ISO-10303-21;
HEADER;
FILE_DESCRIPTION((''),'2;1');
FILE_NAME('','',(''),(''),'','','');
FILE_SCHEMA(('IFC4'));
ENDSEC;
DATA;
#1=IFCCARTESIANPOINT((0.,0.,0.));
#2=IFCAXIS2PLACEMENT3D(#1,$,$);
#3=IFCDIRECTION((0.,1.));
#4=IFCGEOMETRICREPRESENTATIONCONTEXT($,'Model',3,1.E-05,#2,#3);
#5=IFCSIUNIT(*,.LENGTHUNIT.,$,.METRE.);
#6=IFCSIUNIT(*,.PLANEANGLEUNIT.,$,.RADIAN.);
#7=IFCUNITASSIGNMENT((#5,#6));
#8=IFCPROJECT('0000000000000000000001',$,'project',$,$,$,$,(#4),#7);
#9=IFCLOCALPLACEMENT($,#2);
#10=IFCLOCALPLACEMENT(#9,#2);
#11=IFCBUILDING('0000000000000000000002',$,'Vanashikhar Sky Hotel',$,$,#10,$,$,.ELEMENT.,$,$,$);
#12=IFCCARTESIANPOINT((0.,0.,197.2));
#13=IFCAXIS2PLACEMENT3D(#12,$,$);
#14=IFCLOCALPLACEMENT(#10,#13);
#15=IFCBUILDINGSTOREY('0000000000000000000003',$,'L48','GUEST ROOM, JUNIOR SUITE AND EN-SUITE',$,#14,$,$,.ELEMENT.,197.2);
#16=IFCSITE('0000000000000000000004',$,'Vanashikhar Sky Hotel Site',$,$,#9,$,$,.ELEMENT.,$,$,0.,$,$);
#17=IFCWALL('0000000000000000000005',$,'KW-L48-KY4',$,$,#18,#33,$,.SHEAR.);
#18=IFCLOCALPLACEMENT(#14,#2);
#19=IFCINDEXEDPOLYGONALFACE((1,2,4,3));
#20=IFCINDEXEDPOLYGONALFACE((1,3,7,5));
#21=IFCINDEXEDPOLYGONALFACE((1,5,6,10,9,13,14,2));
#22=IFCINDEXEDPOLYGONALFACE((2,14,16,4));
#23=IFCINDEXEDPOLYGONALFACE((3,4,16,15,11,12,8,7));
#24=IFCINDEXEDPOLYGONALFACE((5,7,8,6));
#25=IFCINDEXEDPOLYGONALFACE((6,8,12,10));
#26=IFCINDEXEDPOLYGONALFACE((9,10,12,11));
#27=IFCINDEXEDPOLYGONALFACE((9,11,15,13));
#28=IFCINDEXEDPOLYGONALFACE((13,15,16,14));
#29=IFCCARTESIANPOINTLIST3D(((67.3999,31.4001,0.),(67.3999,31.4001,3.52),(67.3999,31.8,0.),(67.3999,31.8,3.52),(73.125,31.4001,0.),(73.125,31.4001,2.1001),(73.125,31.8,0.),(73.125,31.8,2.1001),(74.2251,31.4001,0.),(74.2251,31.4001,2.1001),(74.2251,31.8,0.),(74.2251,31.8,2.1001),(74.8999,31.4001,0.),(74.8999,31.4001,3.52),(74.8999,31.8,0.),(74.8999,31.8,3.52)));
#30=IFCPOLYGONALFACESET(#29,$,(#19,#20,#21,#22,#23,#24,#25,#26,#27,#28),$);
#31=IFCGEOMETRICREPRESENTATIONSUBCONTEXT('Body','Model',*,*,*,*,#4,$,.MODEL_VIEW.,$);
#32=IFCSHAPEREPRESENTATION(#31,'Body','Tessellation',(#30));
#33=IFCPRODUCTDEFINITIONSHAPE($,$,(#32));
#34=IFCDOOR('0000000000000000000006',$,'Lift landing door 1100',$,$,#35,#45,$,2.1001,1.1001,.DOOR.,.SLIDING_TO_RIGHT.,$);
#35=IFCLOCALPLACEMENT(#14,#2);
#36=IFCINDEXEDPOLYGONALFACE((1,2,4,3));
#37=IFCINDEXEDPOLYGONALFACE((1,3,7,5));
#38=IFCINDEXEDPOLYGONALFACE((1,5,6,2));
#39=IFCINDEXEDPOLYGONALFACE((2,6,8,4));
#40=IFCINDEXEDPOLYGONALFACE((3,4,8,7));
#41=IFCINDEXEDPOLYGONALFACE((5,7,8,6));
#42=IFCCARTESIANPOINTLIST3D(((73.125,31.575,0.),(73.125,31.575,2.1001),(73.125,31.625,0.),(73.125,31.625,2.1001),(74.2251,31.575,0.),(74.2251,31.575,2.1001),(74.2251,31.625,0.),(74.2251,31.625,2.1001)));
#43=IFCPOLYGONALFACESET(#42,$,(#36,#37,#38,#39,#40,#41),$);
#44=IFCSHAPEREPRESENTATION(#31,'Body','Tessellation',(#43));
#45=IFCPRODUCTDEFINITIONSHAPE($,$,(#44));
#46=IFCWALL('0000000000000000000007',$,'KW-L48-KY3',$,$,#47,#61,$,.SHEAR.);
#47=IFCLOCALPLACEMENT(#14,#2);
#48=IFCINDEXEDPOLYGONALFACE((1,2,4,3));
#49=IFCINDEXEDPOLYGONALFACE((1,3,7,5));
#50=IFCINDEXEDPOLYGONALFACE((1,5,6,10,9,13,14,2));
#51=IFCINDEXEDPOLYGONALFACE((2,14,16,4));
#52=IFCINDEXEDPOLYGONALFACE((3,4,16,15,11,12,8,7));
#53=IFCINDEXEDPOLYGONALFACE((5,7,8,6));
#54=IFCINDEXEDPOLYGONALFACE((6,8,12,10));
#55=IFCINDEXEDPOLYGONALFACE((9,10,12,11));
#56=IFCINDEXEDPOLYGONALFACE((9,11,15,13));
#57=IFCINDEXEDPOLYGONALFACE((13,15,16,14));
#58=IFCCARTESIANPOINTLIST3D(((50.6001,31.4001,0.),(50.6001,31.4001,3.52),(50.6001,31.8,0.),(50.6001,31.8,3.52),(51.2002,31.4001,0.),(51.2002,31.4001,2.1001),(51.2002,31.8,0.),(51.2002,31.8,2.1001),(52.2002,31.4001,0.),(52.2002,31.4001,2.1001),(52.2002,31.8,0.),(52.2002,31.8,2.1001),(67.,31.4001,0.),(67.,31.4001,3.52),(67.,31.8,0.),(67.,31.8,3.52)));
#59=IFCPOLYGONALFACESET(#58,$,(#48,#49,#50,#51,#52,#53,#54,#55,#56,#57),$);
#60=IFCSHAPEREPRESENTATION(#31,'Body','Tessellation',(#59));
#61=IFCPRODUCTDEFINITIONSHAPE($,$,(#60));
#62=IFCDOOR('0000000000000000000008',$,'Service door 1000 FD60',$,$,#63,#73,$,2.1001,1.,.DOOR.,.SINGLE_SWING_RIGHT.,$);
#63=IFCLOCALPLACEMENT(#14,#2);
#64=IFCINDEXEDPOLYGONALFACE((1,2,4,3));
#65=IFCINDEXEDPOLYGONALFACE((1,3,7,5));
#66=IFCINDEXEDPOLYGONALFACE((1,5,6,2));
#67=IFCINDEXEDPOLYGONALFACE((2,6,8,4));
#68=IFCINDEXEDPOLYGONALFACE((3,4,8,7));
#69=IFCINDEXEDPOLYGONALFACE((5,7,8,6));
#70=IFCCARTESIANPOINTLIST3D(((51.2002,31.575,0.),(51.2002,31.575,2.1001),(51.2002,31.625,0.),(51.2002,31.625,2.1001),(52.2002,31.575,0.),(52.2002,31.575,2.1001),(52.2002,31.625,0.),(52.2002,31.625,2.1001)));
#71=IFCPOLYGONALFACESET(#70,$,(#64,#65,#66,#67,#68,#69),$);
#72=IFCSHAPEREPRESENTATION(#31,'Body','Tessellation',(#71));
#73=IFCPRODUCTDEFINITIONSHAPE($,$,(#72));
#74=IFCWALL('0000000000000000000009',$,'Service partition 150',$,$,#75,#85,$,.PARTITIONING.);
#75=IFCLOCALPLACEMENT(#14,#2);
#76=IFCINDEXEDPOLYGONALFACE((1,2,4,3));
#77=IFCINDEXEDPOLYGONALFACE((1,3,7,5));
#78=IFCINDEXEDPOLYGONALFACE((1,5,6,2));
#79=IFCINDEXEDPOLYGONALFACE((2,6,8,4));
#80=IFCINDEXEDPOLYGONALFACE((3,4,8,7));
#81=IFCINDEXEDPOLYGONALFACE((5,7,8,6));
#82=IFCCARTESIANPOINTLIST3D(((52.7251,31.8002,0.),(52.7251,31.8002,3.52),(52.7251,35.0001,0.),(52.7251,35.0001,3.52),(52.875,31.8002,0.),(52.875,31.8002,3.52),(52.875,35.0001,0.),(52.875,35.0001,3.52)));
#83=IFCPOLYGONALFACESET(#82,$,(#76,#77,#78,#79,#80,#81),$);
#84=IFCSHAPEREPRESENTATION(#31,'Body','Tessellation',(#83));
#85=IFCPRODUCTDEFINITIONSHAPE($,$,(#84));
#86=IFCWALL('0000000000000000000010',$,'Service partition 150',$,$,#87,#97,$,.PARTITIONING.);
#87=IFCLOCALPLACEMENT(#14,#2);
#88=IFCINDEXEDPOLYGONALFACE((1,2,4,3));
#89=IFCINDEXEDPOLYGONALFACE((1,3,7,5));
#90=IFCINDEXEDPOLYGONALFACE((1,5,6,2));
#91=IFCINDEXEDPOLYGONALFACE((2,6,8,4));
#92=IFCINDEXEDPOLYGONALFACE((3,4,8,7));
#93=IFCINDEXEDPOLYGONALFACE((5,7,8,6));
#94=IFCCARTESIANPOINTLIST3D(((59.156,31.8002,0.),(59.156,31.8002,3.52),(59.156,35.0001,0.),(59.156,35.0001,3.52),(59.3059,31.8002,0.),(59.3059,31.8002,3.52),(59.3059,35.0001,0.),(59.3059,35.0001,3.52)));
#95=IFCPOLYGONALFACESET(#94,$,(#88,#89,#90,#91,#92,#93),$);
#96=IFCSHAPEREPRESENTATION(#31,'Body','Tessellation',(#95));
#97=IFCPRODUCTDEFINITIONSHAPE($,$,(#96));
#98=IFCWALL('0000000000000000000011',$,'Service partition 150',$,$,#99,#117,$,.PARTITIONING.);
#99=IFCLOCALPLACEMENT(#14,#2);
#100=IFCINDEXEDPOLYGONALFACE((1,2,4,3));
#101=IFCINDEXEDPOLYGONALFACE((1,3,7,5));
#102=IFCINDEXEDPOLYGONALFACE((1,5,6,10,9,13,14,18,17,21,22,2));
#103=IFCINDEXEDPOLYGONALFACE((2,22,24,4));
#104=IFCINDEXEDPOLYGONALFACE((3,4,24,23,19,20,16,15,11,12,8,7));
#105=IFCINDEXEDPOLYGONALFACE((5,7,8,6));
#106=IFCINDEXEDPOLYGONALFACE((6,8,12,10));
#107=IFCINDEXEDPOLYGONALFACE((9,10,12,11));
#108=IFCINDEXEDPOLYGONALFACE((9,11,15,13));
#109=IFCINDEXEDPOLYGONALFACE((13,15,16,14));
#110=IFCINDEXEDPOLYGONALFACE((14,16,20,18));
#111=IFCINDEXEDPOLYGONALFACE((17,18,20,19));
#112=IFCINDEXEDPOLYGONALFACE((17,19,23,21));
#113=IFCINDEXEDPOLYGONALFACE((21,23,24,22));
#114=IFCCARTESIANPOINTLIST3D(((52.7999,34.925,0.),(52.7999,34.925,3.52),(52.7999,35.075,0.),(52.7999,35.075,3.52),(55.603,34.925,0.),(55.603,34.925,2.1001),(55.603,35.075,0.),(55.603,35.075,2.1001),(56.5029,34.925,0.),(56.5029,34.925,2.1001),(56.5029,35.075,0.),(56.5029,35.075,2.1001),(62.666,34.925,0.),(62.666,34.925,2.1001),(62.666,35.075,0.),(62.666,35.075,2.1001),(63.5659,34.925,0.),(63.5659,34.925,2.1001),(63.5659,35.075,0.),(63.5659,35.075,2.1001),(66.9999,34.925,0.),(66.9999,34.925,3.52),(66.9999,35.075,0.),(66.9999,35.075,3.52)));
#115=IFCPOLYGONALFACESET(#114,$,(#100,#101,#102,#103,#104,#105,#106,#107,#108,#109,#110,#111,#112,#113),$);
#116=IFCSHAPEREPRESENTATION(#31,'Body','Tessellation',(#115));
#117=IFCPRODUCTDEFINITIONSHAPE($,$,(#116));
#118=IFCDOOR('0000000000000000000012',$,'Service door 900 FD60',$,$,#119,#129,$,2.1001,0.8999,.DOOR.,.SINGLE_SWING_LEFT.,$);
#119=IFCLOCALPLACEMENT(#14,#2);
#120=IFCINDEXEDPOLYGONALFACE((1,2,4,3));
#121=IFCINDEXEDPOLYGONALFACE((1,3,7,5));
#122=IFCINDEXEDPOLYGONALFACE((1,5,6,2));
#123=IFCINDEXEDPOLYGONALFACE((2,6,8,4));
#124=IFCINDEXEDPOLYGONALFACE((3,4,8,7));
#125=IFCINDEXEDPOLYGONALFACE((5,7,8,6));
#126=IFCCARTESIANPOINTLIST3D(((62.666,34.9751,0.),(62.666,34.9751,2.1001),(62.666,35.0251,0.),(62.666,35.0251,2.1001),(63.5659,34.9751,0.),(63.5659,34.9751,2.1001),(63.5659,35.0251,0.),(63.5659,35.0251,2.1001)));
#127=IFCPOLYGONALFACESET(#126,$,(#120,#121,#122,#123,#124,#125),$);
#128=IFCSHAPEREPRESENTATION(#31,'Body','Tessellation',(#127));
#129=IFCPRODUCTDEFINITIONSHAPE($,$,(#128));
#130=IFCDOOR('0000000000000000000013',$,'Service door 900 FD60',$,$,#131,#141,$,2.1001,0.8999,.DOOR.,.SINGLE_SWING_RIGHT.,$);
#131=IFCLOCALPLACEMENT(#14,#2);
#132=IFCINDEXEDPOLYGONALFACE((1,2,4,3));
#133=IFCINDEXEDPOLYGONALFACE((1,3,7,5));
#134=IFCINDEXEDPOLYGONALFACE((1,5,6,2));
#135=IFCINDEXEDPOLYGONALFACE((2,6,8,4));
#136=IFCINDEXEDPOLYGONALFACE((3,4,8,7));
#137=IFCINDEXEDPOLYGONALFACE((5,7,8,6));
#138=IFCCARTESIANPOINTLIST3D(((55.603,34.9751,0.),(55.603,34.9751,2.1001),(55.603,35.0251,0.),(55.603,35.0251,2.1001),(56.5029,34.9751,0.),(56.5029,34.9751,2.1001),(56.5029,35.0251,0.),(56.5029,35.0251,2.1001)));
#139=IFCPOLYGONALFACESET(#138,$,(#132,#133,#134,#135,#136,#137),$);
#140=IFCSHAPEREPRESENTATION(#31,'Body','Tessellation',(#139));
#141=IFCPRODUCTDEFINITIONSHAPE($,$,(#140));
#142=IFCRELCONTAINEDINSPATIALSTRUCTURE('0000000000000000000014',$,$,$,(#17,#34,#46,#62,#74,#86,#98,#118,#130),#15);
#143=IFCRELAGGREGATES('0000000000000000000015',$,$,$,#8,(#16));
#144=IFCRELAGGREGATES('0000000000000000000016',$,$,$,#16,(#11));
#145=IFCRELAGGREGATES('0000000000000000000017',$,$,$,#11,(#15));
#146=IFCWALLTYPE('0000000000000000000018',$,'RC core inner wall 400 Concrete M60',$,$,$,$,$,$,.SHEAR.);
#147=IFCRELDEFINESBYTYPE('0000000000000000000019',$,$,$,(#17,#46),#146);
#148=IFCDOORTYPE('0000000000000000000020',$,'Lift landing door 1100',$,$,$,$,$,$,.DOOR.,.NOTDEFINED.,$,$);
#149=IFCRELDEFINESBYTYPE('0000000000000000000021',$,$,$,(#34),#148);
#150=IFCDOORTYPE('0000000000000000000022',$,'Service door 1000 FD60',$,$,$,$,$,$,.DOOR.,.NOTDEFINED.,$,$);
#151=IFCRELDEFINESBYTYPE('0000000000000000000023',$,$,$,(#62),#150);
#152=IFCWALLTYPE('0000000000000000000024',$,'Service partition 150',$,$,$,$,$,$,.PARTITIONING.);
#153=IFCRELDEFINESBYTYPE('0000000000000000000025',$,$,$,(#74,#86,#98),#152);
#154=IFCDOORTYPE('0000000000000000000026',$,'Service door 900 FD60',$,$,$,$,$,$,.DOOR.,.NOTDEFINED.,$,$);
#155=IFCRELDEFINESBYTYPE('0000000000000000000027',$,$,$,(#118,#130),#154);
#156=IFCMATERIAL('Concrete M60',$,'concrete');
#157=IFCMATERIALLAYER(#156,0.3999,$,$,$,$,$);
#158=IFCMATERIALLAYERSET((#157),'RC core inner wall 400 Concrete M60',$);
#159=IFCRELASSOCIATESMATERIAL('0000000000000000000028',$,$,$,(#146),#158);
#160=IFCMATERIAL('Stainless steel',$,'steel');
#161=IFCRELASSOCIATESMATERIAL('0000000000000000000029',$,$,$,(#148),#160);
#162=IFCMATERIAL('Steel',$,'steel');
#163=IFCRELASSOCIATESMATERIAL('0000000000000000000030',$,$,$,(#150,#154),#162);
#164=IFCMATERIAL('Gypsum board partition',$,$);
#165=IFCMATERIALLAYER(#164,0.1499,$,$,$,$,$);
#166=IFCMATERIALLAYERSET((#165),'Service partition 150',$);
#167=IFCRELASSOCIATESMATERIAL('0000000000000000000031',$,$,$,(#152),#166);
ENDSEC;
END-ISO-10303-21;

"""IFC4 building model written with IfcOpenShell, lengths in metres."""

from ifc_helpers import new_model, si_unit, direction, frame, frame_2d, origin, place, context, subcontext, project, spatial, rectangle, extrude, source, transform, mapped, material, layer, layer_set, type_object, element, fill, save


model = new_model("IFC4")

# Units and contexts
model_context = context("Model", 3, precision=1e-05, world=origin(), true_north=direction((0.0, 1.0)))
body_context = subcontext(model_context, "Body", "Model", "MODEL_VIEW")
ifc_project = project(units=[si_unit("LENGTHUNIT", "METRE"), si_unit("PLANEANGLEUNIT", "RADIAN")], contexts=[model_context])

# Site, building, storey
site_placement = place(None, origin())
site = spatial("IfcSite", under=ifc_project, at=site_placement, Name="Vanashikhar Sky Hotel Site", CompositionType="ELEMENT", RefElevation=0.0)
building_placement = place(site_placement, origin())
building = spatial("IfcBuilding", under=site, at=building_placement, Name="Vanashikhar Sky Hotel", CompositionType="ELEMENT")
storey_placement = place(building_placement, frame((0.0, 0.0, 197.2)))
storey = spatial("IfcBuildingStorey", under=building, at=storey_placement, Name="L48", Description="GUEST ROOM, JUNIOR SUITE AND EN-SUITE", CompositionType="ELEMENT", Elevation=197.2)

# Walls, openings, doors
ifc_material_1 = material(Name="Concrete M60", Category="concrete")
ifc_layer_1 = layer(ifc_material_1, 0.3999)
ifc_layer_set_1 = layer_set([ifc_layer_1], Name="RC core inner wall 400 Concrete M60")
wall_type_1 = type_object("IfcWallType", Name="RC core inner wall 400 Concrete M60", PredefinedType="SHEAR", material=ifc_layer_set_1)
shared_shape_1 = source(origin(), body_context, "Body", "SweptSolid", [
    extrude(rectangle(XDim=7.5, YDim=0.3999, at=frame_2d((3.75, 0.0))), origin(), (0.0, 0.0, 1.0), 3.52),
])
wall_1_placement = place(storey_placement, frame((67.3999, 31.6001, 0.0), z_axis=(0.0, 0.0, 1.0), x_axis=(1.0, 0.0, 0.0)))
wall_1 = element("IfcWall", 1, at=wall_1_placement, inside=storey, type_object=wall_type_1, Name="KW-L48-KY4", PredefinedType="SHEAR", context=body_context, shape_type="MappedRepresentation", body=[
    mapped(shared_shape_1, transform((0.0, 0.0, 0.0), scale=1.0)),
])
shared_shape_2 = source(origin(), body_context, "Body", "SweptSolid", [
    extrude(rectangle(XDim=1.1001, YDim=2.1001, at=frame_2d((0.55, 1.05))), frame((0.0, 0.21, 0.0), z_axis=(0.0, -1.0, 0.0), x_axis=(1.0, 0.0, 0.0)), (0.0, 0.0, 1.0), 0.4199),
])
opening_1_placement = place(wall_1_placement, frame((5.7251, 0.0, 0.0)))
opening_1 = element("IfcOpeningElement", 2, at=opening_1_placement, cuts=wall_1, PredefinedType="OPENING", context=body_context, shape_type="MappedRepresentation", body=[
    mapped(shared_shape_2, transform((0.0, 0.0, 0.0), scale=1.0)),
])
ifc_material_2 = material(Name="Stainless steel", Category="steel")
door_type_1 = type_object("IfcDoorType", Name="Lift landing door 1100", OperationType="NOTDEFINED", PredefinedType="DOOR", material=ifc_material_2)
shared_shape_3 = source(origin(), body_context, "Body", "SweptSolid", [
    extrude(rectangle(XDim=1.1001, YDim=2.1001, at=frame_2d((0.55, 1.05))), frame((0.0, 0.0249, 0.0), z_axis=(0.0, -1.0, 0.0), x_axis=(1.0, 0.0, 0.0)), (0.0, 0.0, 1.0), 0.05),
])
door_1_placement = place(opening_1_placement, origin())
door_1 = element("IfcDoor", 3, at=door_1_placement, inside=storey, type_object=door_type_1, Name="Lift landing door 1100", OperationType="SLIDING_TO_RIGHT", OverallHeight=2.1001, OverallWidth=1.1001, PredefinedType="DOOR", context=body_context, shape_type="MappedRepresentation", body=[
    mapped(shared_shape_3, transform((0.0, 0.0, 0.0), scale=1.0)),
])
fill(opening_1, door_1)
shared_shape_4 = source(origin(), body_context, "Body", "SweptSolid", [
    extrude(rectangle(XDim=16.3999, YDim=0.3999, at=frame_2d((8.2, 0.0))), origin(), (0.0, 0.0, 1.0), 3.52),
])
wall_2_placement = place(storey_placement, frame((50.6001, 31.6001, 0.0), z_axis=(0.0, 0.0, 1.0), x_axis=(1.0, 0.0, 0.0)))
wall_2 = element("IfcWall", 4, at=wall_2_placement, inside=storey, type_object=wall_type_1, Name="KW-L48-KY3", PredefinedType="SHEAR", context=body_context, shape_type="MappedRepresentation", body=[
    mapped(shared_shape_4, transform((0.0, 0.0, 0.0), scale=1.0)),
])
shared_shape_5 = source(origin(), body_context, "Body", "SweptSolid", [
    extrude(rectangle(XDim=1.0, YDim=2.1001, at=frame_2d((0.5, 1.05))), frame((0.0, 0.21, 0.0), z_axis=(0.0, -1.0, 0.0), x_axis=(1.0, 0.0, 0.0)), (0.0, 0.0, 1.0), 0.4199),
])
opening_2_placement = place(wall_2_placement, frame((0.6001, 0.0, 0.0)))
opening_2 = element("IfcOpeningElement", 5, at=opening_2_placement, cuts=wall_2, PredefinedType="OPENING", context=body_context, shape_type="MappedRepresentation", body=[
    mapped(shared_shape_5, transform((0.0, 0.0, 0.0), scale=1.0)),
])
ifc_material_3 = material(Name="Steel", Category="steel")
door_type_2 = type_object("IfcDoorType", Name="Service door 1000 FD60", OperationType="NOTDEFINED", PredefinedType="DOOR", material=ifc_material_3)
shared_shape_6 = source(origin(), body_context, "Body", "SweptSolid", [
    extrude(rectangle(XDim=1.0, YDim=2.1001, at=frame_2d((0.5, 1.05))), frame((0.0, 0.0249, 0.0), z_axis=(0.0, -1.0, 0.0), x_axis=(1.0, 0.0, 0.0)), (0.0, 0.0, 1.0), 0.05),
])
door_2_placement = place(opening_2_placement, origin())
door_2 = element("IfcDoor", 6, at=door_2_placement, inside=storey, type_object=door_type_2, Name="Service door 1000 FD60", OperationType="SINGLE_SWING_RIGHT", OverallHeight=2.1001, OverallWidth=1.0, PredefinedType="DOOR", context=body_context, shape_type="MappedRepresentation", body=[
    mapped(shared_shape_6, transform((0.0, 0.0, 0.0), scale=1.0)),
])
fill(opening_2, door_2)

# Walls
ifc_material_4 = material(Name="Gypsum board partition")
ifc_layer_2 = layer(ifc_material_4, 0.1499)
ifc_layer_set_2 = layer_set([ifc_layer_2], Name="Service partition 150")
wall_type_2 = type_object("IfcWallType", Name="Service partition 150", PredefinedType="PARTITIONING", material=ifc_layer_set_2)
shared_shape_7 = source(origin(), body_context, "Body", "SweptSolid", [
    extrude(rectangle(XDim=3.2, YDim=0.1499, at=frame_2d((1.6001, 0.0))), origin(), (0.0, 0.0, 1.0), 3.52),
])
for number, where, z_axis, x_axis, name in (
    (7, (52.8, 31.8, 0.0), (0.0, 0.0, 1.0), (0.0, 1.0, 0.0), "Service partition 150"),
    (8, (59.231, 31.8, 0.0), (0.0, 0.0, 1.0), (0.0, 1.0, 0.0), "Service partition 150"),
):
    element("IfcWall", number, at=place(storey_placement, frame(where, z_axis=z_axis, x_axis=x_axis)), inside=storey, type_object=wall_type_2, Name=name, PredefinedType="PARTITIONING", context=body_context, shape_type="MappedRepresentation", body=[
        mapped(shared_shape_7, transform((0.0, 0.0, 0.0), scale=1.0)),
    ])

# Wall, openings, doors
shared_shape_8 = source(origin(), body_context, "Body", "SweptSolid", [
    extrude(rectangle(XDim=14.2, YDim=0.1499, at=frame_2d((7.1001, 0.0))), origin(), (0.0, 0.0, 1.0), 3.52),
])
wall_3_placement = place(storey_placement, frame((67.0, 35.0, 0.0), z_axis=(0.0, 0.0, 1.0), x_axis=(-1.0, 0.0, 0.0)))
wall_3 = element("IfcWall", 9, at=wall_3_placement, inside=storey, type_object=wall_type_2, Name="Service partition 150", PredefinedType="PARTITIONING", context=body_context, shape_type="MappedRepresentation", body=[
    mapped(shared_shape_8, transform((0.0, 0.0, 0.0), scale=1.0)),
])
shared_shape_9 = source(origin(), body_context, "Body", "SweptSolid", [
    extrude(rectangle(XDim=0.8999, YDim=2.1001, at=frame_2d((0.45, 1.05))), frame((0.0, 0.085, 0.0), z_axis=(0.0, -1.0, 0.0), x_axis=(1.0, 0.0, 0.0)), (0.0, 0.0, 1.0), 0.1699),
])
opening_3_placement = place(wall_3_placement, frame((3.4341, 0.0, 0.0)))
opening_3 = element("IfcOpeningElement", 10, at=opening_3_placement, cuts=wall_3, PredefinedType="OPENING", context=body_context, shape_type="MappedRepresentation", body=[
    mapped(shared_shape_9, transform((0.0, 0.0, 0.0), scale=1.0)),
])
opening_4_placement = place(wall_3_placement, frame((10.4971, 0.0, 0.0)))
opening_4 = element("IfcOpeningElement", 11, at=opening_4_placement, cuts=wall_3, PredefinedType="OPENING", context=body_context, shape_type="MappedRepresentation", body=[
    mapped(shared_shape_9, transform((0.0, 0.0, 0.0), scale=1.0)),
])
door_type_3 = type_object("IfcDoorType", Name="Service door 900 FD60", OperationType="NOTDEFINED", PredefinedType="DOOR", material=ifc_material_3)
shared_shape_10 = source(origin(), body_context, "Body", "SweptSolid", [
    extrude(rectangle(XDim=0.8999, YDim=2.1001, at=frame_2d((0.45, 1.05))), frame((0.0, 0.0249, 0.0), z_axis=(0.0, -1.0, 0.0), x_axis=(1.0, 0.0, 0.0)), (0.0, 0.0, 1.0), 0.05),
])
door_3_placement = place(opening_3_placement, origin())
door_3 = element("IfcDoor", 12, at=door_3_placement, inside=storey, type_object=door_type_3, Name="Service door 900 FD60", OperationType="SINGLE_SWING_LEFT", OverallHeight=2.1001, OverallWidth=0.8999, PredefinedType="DOOR", context=body_context, shape_type="MappedRepresentation", body=[
    mapped(shared_shape_10, transform((0.0, 0.0, 0.0), scale=1.0)),
])
fill(opening_3, door_3)
door_4_placement = place(opening_4_placement, origin())
door_4 = element("IfcDoor", 13, at=door_4_placement, inside=storey, type_object=door_type_3, Name="Service door 900 FD60", OperationType="SINGLE_SWING_RIGHT", OverallHeight=2.1001, OverallWidth=0.8999, PredefinedType="DOOR", context=body_context, shape_type="MappedRepresentation", body=[
    mapped(shared_shape_10, transform((0.0, 0.0, 0.0), scale=1.0)),
])
fill(opening_4, door_4)

save(model, "model.ifc")
